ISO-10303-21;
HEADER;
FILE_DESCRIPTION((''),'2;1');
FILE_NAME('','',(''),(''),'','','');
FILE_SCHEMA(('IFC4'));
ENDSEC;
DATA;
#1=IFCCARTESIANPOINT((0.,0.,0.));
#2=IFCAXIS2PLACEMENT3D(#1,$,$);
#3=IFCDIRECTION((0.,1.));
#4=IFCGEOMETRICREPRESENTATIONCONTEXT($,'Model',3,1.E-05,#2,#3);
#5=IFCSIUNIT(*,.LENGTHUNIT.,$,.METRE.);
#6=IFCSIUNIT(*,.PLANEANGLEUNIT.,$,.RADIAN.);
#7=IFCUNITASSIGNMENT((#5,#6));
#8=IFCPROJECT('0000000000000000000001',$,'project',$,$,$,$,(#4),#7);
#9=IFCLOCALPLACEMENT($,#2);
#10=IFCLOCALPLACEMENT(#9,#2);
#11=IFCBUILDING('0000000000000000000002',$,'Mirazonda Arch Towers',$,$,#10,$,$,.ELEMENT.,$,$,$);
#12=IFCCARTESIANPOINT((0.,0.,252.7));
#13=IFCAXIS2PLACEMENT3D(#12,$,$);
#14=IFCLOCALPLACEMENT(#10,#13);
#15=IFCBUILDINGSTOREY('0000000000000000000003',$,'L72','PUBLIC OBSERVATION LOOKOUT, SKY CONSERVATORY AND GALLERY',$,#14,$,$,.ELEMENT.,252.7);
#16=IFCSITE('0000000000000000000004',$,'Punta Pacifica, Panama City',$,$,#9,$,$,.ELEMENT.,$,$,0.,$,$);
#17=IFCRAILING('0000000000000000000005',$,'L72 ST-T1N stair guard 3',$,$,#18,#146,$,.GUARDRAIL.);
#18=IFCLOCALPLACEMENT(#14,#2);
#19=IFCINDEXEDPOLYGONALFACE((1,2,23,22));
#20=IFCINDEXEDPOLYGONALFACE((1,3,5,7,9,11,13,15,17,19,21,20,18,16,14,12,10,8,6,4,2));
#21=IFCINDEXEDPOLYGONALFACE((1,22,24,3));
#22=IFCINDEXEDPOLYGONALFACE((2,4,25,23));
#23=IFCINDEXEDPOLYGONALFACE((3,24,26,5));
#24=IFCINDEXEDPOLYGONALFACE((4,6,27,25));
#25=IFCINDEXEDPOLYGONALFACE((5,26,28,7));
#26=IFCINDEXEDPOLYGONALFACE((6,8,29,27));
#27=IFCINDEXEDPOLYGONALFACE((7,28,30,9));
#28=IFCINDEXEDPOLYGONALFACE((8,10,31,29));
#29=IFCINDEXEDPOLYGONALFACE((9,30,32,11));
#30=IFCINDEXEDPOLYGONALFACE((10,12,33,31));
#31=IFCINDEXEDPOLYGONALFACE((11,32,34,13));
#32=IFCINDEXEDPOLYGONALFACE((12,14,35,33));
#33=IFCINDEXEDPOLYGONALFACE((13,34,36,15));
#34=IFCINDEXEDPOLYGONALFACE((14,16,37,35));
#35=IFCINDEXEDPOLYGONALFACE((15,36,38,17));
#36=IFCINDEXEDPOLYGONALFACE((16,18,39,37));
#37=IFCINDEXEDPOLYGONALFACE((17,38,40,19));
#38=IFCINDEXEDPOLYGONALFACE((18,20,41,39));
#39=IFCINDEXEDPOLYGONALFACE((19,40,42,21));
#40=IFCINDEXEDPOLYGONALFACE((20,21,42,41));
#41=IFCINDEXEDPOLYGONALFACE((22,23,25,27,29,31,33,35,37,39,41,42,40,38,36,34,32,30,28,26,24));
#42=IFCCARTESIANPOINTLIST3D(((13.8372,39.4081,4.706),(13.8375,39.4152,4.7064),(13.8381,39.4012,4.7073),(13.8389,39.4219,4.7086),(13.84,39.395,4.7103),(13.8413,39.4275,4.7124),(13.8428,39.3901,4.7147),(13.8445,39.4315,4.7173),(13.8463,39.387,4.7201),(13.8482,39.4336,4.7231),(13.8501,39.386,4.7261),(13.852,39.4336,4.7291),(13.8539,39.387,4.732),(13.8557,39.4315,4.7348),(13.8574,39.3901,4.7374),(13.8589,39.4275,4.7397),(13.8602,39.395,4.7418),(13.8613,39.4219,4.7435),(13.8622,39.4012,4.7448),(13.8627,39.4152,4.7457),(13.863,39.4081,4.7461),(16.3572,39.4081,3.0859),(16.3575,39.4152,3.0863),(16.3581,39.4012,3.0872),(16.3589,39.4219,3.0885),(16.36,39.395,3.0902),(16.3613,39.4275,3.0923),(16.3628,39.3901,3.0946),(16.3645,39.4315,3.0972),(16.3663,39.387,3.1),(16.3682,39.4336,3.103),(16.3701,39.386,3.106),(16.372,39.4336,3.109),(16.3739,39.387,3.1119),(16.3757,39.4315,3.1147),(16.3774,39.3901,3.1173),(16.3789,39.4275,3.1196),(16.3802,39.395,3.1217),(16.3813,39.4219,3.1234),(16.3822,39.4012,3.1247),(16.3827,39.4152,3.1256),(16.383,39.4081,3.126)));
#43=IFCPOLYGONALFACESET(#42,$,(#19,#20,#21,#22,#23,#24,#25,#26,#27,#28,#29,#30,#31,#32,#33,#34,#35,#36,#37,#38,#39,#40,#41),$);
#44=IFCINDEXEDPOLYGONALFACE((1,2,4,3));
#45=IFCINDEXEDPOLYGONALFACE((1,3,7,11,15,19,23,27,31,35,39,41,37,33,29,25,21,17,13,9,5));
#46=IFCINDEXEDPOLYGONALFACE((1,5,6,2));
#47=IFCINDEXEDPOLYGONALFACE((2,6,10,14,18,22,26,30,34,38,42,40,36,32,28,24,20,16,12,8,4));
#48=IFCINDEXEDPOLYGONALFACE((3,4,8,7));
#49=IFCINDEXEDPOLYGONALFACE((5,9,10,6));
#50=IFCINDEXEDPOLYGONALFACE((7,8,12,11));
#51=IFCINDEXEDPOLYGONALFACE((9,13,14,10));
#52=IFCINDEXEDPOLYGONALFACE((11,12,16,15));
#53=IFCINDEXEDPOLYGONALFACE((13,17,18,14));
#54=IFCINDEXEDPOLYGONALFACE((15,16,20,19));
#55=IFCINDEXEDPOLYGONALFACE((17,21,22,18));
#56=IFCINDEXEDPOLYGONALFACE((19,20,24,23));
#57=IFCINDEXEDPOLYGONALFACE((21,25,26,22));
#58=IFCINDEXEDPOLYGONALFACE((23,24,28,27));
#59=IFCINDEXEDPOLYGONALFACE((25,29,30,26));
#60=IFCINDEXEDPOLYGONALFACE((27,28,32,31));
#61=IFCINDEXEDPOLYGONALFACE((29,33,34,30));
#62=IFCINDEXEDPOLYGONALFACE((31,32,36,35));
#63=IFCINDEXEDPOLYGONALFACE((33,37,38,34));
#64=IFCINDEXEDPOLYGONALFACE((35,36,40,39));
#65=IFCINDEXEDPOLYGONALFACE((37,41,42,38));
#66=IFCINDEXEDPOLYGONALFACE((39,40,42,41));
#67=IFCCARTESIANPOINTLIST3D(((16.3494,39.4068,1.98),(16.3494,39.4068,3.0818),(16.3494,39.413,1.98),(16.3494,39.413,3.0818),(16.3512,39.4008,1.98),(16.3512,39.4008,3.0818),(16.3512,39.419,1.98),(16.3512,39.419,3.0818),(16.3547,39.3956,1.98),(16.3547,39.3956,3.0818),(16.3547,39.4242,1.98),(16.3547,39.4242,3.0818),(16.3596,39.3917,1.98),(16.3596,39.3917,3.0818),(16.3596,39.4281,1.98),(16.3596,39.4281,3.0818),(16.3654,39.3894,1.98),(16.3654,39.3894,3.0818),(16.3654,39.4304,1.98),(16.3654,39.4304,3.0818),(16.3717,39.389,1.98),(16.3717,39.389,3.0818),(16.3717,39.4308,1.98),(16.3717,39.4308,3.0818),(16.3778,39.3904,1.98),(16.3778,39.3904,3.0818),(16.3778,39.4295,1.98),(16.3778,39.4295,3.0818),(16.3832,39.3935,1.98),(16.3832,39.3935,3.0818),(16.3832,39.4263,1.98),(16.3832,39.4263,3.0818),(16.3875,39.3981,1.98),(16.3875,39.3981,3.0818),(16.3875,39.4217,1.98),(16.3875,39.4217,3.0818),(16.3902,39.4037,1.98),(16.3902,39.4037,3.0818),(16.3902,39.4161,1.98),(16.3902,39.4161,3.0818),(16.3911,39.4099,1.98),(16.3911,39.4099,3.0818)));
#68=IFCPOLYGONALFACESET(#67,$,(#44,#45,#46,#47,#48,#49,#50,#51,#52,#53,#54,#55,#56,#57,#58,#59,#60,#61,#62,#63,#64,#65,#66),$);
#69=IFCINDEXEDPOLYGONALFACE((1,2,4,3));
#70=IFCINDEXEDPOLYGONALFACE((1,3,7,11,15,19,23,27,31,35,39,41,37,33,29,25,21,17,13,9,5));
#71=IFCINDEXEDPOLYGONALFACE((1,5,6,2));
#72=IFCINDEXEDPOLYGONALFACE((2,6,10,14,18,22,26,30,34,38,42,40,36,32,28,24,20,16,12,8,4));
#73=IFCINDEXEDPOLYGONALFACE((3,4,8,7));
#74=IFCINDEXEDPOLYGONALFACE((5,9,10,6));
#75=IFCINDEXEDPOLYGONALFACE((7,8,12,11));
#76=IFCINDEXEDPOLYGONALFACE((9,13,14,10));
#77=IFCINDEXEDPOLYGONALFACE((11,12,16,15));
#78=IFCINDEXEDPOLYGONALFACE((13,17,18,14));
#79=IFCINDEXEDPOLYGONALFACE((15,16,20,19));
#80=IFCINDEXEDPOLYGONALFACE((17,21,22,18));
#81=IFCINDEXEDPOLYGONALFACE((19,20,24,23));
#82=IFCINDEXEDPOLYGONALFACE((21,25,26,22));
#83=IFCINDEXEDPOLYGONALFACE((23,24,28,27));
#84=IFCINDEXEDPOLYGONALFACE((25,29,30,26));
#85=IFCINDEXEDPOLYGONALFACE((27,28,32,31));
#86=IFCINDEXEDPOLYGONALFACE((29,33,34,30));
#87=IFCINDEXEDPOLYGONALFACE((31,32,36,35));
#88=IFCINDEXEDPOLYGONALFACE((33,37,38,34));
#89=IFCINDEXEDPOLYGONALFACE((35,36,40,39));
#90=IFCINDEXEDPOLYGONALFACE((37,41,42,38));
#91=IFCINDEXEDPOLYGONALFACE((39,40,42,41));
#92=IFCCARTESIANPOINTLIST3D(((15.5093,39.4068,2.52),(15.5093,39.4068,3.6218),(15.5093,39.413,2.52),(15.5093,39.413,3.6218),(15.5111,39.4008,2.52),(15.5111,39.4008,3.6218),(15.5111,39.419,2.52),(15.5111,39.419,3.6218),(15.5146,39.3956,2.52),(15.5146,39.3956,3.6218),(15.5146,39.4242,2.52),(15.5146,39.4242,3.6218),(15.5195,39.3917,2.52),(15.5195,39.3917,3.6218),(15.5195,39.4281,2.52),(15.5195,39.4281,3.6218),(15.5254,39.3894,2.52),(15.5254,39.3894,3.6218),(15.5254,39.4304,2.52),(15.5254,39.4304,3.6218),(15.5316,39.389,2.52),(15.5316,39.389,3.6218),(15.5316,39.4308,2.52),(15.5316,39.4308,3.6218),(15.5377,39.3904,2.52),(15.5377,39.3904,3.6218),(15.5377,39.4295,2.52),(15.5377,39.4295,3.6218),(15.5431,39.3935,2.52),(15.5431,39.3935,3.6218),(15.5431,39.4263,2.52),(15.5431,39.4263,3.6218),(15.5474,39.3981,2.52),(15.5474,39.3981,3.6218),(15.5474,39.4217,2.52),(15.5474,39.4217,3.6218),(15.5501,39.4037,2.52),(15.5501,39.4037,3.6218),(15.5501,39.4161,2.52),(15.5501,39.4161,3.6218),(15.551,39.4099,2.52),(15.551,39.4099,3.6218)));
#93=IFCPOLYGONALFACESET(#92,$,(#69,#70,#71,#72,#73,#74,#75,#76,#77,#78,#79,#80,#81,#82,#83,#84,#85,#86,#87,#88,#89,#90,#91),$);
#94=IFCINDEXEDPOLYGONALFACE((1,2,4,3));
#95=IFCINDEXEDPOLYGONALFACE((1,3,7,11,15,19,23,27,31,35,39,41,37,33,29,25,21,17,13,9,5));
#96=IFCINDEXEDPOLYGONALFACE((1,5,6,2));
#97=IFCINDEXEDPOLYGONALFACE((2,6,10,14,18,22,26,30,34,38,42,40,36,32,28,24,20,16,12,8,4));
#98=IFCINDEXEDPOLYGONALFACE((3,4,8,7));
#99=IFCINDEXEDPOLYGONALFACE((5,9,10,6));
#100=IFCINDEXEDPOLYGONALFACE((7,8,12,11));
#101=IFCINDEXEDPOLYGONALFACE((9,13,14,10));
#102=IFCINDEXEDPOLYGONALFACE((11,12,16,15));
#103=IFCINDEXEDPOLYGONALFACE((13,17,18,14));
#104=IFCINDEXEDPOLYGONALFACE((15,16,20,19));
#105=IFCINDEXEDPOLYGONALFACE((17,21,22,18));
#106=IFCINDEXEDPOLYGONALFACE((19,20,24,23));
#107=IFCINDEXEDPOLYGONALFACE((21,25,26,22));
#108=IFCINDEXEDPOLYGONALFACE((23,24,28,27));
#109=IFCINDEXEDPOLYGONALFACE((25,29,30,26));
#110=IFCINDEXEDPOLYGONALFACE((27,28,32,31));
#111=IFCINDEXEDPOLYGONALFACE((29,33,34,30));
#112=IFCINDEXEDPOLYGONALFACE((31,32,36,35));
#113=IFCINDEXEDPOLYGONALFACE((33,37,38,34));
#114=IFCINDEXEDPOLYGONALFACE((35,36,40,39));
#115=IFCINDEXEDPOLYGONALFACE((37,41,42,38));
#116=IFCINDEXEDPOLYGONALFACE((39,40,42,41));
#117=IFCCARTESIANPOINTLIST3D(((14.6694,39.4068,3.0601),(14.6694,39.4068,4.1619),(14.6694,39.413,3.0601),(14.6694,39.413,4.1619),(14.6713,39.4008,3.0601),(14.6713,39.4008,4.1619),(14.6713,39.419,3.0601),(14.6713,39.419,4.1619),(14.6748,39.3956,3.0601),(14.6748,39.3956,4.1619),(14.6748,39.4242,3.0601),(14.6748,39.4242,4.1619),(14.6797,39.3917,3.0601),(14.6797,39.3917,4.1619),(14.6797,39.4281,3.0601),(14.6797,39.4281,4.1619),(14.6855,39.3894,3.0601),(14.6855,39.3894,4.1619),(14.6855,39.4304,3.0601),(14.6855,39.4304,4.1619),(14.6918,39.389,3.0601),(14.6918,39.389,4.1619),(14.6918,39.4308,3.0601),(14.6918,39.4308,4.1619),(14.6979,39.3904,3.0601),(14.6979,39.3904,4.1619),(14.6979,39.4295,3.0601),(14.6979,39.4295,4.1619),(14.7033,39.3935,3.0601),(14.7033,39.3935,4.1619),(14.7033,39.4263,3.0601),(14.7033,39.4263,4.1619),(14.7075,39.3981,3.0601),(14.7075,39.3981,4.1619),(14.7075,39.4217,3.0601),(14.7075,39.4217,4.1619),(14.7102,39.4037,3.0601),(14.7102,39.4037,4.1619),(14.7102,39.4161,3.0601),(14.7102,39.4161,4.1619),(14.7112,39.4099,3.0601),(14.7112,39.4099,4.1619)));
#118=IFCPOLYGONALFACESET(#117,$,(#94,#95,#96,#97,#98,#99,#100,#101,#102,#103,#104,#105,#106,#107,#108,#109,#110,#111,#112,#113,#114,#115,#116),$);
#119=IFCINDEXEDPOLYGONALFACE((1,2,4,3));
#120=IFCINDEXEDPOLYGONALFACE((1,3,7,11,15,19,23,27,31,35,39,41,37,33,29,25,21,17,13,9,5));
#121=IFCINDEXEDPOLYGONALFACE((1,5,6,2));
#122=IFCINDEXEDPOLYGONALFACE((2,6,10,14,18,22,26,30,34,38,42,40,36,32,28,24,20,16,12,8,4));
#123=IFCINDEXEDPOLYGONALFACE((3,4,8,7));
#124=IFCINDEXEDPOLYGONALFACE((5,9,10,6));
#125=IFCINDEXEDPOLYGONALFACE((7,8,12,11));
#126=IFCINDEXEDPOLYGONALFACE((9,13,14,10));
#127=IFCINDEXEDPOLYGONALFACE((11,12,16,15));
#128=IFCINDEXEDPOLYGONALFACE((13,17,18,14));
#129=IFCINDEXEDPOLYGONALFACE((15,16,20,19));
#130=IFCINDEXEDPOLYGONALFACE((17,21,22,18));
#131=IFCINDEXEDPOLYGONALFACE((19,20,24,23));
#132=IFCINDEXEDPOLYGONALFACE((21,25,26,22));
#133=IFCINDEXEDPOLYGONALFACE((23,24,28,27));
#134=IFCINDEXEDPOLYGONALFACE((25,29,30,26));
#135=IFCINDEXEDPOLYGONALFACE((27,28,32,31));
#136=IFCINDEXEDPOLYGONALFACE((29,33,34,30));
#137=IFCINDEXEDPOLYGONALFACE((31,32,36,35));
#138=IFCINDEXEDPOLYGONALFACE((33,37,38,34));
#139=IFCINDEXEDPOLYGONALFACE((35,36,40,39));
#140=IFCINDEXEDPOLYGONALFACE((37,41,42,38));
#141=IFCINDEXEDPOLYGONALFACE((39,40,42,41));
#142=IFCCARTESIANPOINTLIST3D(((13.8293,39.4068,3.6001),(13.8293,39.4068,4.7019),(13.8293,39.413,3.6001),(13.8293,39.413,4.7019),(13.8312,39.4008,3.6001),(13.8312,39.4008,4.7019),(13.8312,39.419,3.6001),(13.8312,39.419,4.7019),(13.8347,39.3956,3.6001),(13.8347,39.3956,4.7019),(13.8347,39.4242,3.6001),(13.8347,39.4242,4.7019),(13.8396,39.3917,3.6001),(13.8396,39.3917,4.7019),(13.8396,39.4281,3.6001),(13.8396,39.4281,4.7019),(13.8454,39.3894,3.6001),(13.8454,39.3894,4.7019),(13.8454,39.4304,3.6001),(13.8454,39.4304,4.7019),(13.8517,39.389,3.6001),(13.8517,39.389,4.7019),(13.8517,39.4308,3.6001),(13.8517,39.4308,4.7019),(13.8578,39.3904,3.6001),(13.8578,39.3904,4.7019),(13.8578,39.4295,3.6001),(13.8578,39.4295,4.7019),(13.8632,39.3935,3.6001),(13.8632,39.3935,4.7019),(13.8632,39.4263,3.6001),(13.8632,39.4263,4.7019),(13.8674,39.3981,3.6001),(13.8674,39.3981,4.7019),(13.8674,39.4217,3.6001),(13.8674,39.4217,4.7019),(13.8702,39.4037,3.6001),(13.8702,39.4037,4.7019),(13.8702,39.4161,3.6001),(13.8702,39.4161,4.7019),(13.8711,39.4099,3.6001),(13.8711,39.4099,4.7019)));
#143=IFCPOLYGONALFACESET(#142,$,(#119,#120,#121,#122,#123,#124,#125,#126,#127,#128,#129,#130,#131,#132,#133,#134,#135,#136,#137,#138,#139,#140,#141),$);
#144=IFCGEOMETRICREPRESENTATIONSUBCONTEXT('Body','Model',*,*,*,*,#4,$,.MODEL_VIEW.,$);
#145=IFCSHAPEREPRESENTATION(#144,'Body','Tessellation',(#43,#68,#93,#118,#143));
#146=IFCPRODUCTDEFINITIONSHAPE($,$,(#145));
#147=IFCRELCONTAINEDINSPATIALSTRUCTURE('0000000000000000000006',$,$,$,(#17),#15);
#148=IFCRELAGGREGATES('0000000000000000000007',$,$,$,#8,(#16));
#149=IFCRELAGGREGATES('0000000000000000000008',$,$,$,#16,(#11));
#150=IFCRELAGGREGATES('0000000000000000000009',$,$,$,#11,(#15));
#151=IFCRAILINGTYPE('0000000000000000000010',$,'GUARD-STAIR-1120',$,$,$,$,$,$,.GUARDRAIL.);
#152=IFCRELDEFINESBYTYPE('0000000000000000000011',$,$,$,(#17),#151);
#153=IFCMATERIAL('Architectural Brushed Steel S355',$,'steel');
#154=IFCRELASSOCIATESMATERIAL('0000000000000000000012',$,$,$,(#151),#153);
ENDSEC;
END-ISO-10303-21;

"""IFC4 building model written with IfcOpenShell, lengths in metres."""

from ifc_helpers import new_model, si_unit, direction, frame, origin, origin_2d, place, context, subcontext, project, spatial, circle, extrude, material, type_object, element, save


model = new_model("IFC4")

# Units and contexts
model_context = context("Model", 3, precision=1e-05, world=origin(), true_north=direction((0.0, 1.0)))
body_context = subcontext(model_context, "Body", "Model", "MODEL_VIEW")
ifc_project = project(units=[si_unit("LENGTHUNIT", "METRE"), si_unit("PLANEANGLEUNIT", "RADIAN")], contexts=[model_context])

# Site, building, storey
site_placement = place(None, origin())
site = spatial("IfcSite", under=ifc_project, at=site_placement, Name="Punta Pacifica, Panama City", CompositionType="ELEMENT", RefElevation=0.0)
building_placement = place(site_placement, origin())
building = spatial("IfcBuilding", under=site, at=building_placement, Name="Mirazonda Arch Towers", CompositionType="ELEMENT")
storey_placement = place(building_placement, frame((0.0, 0.0, 252.7)))
storey = spatial("IfcBuildingStorey", under=building, at=storey_placement, Name="L72", Description="PUBLIC OBSERVATION LOOKOUT, SKY CONSERVATORY AND GALLERY", CompositionType="ELEMENT", Elevation=252.7)

# Shared definitions
ifc_material_1 = material(Name="Architectural Brushed Steel S355", Category="steel")

# Railing
railing_type_1 = type_object("IfcRailingType", Name="GUARD-STAIR-1120", PredefinedType="GUARDRAIL", material=ifc_material_1)
railing_1_placement = place(storey_placement, frame((16.3701, 39.4099, 1.98)))
element("IfcRailing", 1, at=railing_1_placement, inside=storey, type_object=railing_type_1, Name="L72 ST-T1N stair guard 3", PredefinedType="GUARDRAIL", context=body_context, shape_type="SweptSolid", body=[
    extrude(circle(Radius=0.0239, at=origin_2d()), frame((0.0, 0.0, 1.126), z_axis=(-0.841163, 0.0, 0.540782), x_axis=(0.0, -1.0, 0.0)), (0.0, 0.0, 1.0), 2.9958),
    extrude(circle(Radius=0.021, at=origin_2d()), origin(), (0.0, 0.0, 1.0), 1.1018),
    extrude(circle(Radius=0.021, at=origin_2d()), frame((-0.8401, 0.0, 0.54)), (0.0, 0.0, 1.0), 1.1018),
    extrude(circle(Radius=0.021, at=origin_2d()), frame((-1.6799, 0.0, 1.0801)), (0.0, 0.0, 1.0), 1.1018),
    extrude(circle(Radius=0.021, at=origin_2d()), frame((-2.52, 0.0, 1.6201)), (0.0, 0.0, 1.0), 1.1018),
])

save(model, "model.ifc")
